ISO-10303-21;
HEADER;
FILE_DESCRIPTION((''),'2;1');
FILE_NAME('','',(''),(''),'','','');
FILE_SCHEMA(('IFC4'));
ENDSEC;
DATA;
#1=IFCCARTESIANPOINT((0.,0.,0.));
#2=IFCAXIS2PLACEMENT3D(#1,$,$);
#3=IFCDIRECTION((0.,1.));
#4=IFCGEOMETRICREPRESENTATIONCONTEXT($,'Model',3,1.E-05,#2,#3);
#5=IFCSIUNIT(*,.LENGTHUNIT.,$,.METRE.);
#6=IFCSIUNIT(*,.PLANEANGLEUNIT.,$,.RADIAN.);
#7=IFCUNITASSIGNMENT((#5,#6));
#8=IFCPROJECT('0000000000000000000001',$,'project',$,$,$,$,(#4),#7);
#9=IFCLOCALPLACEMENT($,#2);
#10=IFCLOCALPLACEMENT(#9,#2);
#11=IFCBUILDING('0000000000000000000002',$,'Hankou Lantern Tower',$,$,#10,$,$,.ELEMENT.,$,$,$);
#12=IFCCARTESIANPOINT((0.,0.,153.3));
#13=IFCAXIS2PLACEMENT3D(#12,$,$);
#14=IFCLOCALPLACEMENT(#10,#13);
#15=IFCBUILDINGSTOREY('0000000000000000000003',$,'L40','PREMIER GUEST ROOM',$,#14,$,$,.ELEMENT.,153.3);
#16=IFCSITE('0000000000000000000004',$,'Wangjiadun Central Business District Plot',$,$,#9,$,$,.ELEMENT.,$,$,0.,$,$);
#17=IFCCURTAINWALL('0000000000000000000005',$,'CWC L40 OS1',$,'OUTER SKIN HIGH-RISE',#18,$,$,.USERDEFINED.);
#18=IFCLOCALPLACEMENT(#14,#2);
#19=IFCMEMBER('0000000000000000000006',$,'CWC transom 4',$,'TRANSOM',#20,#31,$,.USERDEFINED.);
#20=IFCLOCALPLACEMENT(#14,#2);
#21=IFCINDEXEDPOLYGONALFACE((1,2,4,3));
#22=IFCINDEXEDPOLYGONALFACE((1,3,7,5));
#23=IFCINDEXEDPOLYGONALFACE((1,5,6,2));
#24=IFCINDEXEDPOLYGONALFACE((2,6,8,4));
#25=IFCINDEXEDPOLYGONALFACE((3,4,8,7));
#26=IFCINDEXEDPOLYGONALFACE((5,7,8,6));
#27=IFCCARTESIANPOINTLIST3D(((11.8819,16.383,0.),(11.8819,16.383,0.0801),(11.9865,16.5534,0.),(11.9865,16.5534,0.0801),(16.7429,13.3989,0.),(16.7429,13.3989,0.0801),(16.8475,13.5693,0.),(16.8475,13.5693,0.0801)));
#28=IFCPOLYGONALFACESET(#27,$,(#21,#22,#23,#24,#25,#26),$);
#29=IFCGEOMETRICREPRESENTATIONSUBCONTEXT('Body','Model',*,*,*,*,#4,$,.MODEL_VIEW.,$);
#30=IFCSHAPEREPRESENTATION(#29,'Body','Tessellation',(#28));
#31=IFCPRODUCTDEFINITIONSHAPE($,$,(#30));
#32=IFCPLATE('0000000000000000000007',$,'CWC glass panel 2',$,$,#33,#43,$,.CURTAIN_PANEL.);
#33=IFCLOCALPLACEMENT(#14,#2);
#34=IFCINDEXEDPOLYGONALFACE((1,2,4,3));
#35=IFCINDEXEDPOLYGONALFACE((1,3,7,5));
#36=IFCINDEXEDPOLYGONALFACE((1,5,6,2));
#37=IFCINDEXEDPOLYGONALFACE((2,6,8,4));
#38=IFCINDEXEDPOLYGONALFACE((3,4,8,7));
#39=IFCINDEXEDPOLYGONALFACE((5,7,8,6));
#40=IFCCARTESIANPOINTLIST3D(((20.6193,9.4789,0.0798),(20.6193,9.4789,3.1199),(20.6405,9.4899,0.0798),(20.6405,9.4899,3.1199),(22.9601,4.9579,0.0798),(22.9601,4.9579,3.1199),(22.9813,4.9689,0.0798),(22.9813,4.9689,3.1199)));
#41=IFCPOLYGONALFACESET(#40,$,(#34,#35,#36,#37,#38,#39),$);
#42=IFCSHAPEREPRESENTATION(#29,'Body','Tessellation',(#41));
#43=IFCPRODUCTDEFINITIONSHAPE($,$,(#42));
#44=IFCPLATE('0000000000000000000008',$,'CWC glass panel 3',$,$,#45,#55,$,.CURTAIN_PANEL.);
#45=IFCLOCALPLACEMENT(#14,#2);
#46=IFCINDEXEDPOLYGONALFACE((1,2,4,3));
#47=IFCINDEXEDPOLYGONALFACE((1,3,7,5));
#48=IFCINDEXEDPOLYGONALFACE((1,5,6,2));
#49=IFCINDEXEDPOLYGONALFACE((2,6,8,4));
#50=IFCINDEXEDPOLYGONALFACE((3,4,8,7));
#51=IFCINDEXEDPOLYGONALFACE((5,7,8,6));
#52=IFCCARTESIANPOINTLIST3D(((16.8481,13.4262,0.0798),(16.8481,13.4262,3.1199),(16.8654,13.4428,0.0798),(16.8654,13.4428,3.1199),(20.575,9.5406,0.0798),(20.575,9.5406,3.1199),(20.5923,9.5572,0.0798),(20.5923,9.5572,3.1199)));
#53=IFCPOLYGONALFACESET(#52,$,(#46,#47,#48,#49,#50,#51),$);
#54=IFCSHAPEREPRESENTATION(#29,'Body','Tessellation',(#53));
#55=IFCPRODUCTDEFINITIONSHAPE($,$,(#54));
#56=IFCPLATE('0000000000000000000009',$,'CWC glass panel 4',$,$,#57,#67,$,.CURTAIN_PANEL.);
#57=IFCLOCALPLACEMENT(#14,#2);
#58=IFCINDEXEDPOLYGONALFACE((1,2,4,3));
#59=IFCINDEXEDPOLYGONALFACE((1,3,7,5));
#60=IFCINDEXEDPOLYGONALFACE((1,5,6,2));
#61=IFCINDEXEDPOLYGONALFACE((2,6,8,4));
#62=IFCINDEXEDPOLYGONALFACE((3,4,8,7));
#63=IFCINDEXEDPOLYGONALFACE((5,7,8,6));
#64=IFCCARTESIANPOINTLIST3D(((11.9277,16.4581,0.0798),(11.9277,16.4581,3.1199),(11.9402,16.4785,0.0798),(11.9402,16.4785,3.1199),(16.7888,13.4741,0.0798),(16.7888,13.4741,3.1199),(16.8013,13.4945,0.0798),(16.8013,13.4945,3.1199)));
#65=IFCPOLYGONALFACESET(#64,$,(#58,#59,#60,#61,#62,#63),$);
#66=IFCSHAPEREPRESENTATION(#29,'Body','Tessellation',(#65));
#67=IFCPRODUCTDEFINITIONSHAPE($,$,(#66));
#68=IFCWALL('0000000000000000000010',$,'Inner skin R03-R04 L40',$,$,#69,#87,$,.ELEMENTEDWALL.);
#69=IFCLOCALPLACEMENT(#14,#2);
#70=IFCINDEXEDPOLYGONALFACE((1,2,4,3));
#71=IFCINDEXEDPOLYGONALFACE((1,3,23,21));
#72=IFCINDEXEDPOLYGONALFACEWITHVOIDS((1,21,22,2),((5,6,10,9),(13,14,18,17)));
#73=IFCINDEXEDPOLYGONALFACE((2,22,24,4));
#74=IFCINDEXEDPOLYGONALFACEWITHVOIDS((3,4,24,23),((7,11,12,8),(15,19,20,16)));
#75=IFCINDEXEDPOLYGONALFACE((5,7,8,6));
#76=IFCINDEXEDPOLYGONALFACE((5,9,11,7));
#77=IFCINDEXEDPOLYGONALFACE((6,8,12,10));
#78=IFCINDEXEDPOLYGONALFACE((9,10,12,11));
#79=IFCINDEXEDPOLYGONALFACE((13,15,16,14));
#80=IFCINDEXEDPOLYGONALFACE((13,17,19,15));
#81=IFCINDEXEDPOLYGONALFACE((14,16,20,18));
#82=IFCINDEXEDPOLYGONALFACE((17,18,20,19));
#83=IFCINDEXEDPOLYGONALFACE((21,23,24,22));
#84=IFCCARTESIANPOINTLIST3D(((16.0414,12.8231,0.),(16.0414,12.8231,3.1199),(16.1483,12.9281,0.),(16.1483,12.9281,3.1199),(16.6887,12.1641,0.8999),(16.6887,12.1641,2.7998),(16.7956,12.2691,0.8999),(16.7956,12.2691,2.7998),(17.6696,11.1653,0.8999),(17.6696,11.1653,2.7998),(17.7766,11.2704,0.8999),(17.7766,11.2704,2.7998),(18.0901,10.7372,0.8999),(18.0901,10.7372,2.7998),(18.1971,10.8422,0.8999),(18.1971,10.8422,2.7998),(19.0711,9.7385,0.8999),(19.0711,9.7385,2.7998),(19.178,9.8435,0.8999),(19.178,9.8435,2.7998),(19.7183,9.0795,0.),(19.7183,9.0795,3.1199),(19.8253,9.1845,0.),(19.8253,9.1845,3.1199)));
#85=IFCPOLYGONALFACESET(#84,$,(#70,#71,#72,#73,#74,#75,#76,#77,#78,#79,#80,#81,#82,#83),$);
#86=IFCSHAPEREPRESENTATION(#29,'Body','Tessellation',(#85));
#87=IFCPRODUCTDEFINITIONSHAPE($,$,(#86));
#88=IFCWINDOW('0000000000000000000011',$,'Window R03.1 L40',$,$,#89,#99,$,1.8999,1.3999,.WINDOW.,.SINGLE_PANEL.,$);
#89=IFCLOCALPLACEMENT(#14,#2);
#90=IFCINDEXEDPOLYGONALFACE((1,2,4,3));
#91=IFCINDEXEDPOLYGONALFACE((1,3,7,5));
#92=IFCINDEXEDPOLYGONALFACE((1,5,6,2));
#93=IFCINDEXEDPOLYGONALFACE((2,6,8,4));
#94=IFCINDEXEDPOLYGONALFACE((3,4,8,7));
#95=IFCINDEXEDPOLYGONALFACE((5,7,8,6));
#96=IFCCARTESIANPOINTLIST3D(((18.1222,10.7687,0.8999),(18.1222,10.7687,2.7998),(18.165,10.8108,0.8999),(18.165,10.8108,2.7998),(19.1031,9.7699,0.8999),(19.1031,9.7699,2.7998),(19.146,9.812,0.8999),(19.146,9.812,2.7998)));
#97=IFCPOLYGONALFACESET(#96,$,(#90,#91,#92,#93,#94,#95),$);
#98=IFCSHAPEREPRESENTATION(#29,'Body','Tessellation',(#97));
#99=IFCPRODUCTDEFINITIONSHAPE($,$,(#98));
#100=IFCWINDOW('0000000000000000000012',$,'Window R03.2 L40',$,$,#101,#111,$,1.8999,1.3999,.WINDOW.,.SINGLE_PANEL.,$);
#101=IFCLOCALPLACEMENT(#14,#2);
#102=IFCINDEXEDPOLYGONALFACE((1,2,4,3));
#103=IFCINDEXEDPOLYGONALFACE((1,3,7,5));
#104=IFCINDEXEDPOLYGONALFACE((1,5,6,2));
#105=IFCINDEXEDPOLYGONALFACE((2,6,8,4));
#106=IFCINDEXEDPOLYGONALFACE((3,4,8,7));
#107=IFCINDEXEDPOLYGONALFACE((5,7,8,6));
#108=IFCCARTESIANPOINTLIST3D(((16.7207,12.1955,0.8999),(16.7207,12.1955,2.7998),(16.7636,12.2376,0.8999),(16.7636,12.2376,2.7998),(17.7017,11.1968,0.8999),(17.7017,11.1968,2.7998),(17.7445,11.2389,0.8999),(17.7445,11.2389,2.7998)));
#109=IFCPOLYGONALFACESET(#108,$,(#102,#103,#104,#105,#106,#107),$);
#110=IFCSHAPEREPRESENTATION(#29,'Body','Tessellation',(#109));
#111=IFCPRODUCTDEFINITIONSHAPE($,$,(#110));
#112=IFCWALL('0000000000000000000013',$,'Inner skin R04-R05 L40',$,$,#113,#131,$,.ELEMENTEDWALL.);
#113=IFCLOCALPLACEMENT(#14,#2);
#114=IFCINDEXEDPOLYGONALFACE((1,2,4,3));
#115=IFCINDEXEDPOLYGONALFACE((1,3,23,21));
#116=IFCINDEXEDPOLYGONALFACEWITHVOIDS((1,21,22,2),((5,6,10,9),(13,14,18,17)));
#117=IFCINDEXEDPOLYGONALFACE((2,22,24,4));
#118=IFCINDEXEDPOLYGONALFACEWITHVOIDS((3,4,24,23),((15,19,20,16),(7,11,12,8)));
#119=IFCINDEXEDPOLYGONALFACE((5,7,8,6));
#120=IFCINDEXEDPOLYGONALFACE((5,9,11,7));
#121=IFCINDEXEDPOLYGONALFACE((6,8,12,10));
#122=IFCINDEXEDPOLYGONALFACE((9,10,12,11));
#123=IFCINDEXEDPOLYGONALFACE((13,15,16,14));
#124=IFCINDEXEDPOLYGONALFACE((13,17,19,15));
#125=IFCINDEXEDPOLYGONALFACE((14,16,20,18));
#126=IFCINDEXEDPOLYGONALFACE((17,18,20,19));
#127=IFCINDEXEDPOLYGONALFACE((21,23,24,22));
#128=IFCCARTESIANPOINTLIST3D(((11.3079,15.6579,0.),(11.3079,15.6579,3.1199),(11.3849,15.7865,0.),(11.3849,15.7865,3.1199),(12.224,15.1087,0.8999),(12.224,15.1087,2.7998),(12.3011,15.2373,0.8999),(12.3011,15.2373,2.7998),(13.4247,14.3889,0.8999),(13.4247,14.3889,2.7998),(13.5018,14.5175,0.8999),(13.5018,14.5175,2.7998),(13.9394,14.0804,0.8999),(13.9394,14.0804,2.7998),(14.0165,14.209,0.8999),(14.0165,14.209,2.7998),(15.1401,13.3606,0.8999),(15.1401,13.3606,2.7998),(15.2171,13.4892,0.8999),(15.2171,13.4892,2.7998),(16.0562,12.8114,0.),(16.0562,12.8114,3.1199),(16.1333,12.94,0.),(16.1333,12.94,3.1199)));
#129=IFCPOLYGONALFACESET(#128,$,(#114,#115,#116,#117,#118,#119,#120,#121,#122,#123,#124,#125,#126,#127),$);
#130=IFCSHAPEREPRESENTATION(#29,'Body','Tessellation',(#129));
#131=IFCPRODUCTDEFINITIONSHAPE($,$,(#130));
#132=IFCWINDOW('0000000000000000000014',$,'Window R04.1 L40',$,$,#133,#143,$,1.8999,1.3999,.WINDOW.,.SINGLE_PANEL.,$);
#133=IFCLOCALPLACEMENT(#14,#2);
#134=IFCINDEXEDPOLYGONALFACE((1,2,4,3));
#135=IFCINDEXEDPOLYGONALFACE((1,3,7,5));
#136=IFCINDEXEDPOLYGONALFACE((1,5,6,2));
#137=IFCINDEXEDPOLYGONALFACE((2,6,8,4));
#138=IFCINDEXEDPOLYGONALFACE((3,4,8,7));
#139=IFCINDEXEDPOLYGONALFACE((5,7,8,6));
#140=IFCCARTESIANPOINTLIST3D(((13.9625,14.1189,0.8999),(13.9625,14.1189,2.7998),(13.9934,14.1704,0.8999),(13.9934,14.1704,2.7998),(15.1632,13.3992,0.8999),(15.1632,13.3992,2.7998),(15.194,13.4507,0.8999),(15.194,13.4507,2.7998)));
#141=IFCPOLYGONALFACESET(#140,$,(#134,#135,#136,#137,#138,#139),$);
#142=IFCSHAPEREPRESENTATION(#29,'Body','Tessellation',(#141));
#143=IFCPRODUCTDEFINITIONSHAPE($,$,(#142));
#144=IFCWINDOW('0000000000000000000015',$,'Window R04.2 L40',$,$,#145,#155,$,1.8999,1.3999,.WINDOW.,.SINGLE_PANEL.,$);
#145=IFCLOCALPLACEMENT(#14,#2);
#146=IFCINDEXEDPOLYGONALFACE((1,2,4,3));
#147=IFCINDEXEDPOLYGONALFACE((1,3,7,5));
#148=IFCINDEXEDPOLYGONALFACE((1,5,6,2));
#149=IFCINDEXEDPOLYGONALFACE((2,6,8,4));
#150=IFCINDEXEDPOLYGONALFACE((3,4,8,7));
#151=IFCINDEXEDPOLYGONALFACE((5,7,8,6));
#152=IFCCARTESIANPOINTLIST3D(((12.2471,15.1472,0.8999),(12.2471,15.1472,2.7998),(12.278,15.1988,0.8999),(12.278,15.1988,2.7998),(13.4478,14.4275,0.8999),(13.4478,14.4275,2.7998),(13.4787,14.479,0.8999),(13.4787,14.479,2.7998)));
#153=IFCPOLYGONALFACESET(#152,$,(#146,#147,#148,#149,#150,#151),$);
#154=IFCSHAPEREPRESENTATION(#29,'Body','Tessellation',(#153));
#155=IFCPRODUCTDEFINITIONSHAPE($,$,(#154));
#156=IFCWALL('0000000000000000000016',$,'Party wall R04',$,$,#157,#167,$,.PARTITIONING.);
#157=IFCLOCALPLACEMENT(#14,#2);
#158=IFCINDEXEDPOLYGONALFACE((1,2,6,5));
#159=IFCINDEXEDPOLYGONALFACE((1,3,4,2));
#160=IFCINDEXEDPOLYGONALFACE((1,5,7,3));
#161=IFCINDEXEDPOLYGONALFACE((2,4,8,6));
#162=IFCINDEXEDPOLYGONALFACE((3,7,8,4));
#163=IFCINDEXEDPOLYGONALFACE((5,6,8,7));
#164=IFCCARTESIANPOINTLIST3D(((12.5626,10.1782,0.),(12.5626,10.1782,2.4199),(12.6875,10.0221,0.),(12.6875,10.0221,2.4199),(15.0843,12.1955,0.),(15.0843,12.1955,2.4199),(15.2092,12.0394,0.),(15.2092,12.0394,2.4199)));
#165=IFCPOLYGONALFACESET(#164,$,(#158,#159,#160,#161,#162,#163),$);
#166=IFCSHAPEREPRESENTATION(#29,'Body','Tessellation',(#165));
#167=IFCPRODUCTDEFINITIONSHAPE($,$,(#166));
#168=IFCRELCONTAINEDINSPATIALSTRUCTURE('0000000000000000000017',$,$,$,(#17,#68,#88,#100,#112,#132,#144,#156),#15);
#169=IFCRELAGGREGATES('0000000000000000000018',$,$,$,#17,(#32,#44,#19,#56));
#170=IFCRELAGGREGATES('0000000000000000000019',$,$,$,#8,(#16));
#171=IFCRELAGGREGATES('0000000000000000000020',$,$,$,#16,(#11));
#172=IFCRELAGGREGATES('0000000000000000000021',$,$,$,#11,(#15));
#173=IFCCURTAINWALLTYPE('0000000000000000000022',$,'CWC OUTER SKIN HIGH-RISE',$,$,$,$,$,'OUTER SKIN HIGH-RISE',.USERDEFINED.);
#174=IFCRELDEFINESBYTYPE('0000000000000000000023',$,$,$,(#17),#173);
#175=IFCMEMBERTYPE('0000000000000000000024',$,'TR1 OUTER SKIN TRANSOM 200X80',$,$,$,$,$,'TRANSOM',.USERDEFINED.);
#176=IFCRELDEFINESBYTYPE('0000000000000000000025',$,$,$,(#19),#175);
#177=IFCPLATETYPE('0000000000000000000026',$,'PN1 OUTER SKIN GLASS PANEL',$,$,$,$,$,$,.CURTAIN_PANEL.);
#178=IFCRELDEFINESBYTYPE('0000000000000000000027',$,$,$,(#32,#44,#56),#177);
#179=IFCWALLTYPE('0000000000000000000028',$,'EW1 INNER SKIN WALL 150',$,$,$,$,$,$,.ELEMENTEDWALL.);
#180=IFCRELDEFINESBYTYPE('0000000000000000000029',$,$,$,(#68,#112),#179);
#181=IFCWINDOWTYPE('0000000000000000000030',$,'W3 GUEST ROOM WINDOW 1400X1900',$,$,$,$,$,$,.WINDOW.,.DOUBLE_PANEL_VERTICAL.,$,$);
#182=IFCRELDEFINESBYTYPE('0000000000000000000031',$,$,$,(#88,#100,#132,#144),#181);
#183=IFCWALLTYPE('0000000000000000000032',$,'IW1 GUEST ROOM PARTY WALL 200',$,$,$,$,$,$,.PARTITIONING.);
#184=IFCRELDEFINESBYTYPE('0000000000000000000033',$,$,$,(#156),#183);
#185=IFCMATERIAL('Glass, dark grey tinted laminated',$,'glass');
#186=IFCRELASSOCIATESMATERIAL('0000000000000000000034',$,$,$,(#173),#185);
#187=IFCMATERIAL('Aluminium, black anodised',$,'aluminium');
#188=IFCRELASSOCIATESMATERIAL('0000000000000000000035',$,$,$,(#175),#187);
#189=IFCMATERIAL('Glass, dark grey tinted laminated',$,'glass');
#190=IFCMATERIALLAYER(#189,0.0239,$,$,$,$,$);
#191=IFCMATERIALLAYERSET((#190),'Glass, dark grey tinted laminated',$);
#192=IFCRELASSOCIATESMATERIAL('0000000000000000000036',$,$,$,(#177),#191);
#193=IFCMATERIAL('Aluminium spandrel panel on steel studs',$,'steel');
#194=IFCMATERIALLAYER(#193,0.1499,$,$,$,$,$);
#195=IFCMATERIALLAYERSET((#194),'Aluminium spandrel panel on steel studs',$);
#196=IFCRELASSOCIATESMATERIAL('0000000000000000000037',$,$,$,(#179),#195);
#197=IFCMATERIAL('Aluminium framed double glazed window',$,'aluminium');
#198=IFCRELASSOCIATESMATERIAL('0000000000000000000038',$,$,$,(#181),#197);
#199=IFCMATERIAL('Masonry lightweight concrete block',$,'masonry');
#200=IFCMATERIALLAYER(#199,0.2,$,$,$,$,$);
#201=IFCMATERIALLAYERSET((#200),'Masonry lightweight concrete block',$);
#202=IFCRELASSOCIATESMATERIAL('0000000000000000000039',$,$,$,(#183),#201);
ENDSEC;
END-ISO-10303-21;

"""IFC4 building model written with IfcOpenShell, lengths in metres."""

from ifc_helpers import new_model, si_unit, direction, frame, frame_2d, origin, origin_2d, place, context, subcontext, project, spatial, rectangle, extrude, material, layer, layer_set, material_profile, profile_set, type_object, element, fill, aggregate, save


model = new_model("IFC4")

# Units and contexts
model_context = context("Model", 3, precision=1e-05, world=origin(), true_north=direction((0.0, 1.0)))
body_context = subcontext(model_context, "Body", "Model", "MODEL_VIEW")
ifc_project = project(units=[si_unit("LENGTHUNIT", "METRE"), si_unit("PLANEANGLEUNIT", "RADIAN")], contexts=[model_context])

# Site, building, storey
site_placement = place(None, origin())
site = spatial("IfcSite", under=ifc_project, at=site_placement, Name="Wangjiadun Central Business District Plot", CompositionType="ELEMENT", RefElevation=0.0)
building_placement = place(site_placement, origin())
building = spatial("IfcBuilding", under=site, at=building_placement, Name="Hankou Lantern Tower", CompositionType="ELEMENT")
storey_placement = place(building_placement, frame((0.0, 0.0, 153.3)))
storey = spatial("IfcBuildingStorey", under=building, at=storey_placement, Name="L40", Description="PREMIER GUEST ROOM", CompositionType="ELEMENT", Elevation=153.3)

# Curtain wall
ifc_material_1 = material(Name="Glass, dark grey tinted laminated", Category="glass")
curtain_wall_type = type_object("IfcCurtainWallType", Name="CWC OUTER SKIN HIGH-RISE", ElementType="OUTER SKIN HIGH-RISE", PredefinedType="USERDEFINED", material=ifc_material_1)
curtain_wall_placement = place(storey_placement, origin())
curtain_wall = element("IfcCurtainWall", 1, at=curtain_wall_placement, inside=storey, type_object=curtain_wall_type, Name="CWC L40 OS1", ObjectType="OUTER SKIN HIGH-RISE", PredefinedType="USERDEFINED")

# Member
ifc_material_2 = material(Name="Aluminium, black anodised", Category="aluminium")
ifc_material_profile_1 = material_profile(ifc_material_2, rectangle(XDim=0.2, YDim=0.0801, at=origin_2d()), Name="TR1 200X80")
ifc_profile_set_1 = profile_set([ifc_material_profile_1], Name="Aluminium, black anodised")
member_type_1 = type_object("IfcMemberType", Name="TR1 OUTER SKIN TRANSOM 200X80", ElementType="TRANSOM", PredefinedType="USERDEFINED", material=ifc_profile_set_1)
member_1_placement = place(storey_placement, frame((16.7952, 13.4841, 0.04), z_axis=(-0.852229, 0.523168, 0.0), x_axis=(-0.523168, -0.852229, 0.0)))
member_1 = element("IfcMember", 2, at=member_1_placement, type_object=member_type_1, Name="CWC transom 4", ObjectType="TRANSOM", PredefinedType="USERDEFINED", context=body_context, shape_type="SweptSolid", body=[
    extrude(rectangle(XDim=0.2, YDim=0.0801, at=origin_2d()), origin(), (0.0, 0.0, 1.0), 5.7039),
])

# Plates
ifc_material_3 = material(Name="Glass, dark grey tinted laminated", Category="glass")
ifc_layer_1 = layer(ifc_material_3, 0.0239)
ifc_layer_set_1 = layer_set([ifc_layer_1], Name="Glass, dark grey tinted laminated")
plate_type = type_object("IfcPlateType", Name="PN1 OUTER SKIN GLASS PANEL", PredefinedType="CURTAIN_PANEL", material=ifc_layer_set_1)
plate_1_placement = place(storey_placement, frame((21.8003, 7.2239, 0.0798), z_axis=(0.0, 0.0, 1.0), x_axis=(-0.459791, 0.888027, 0.0)))
plate_1 = element("IfcPlate", 3, at=plate_1_placement, type_object=plate_type, Name="CWC glass panel 2", PredefinedType="CURTAIN_PANEL", context=body_context, shape_type="SweptSolid", body=[
    extrude(rectangle(XDim=5.0911, YDim=0.0239, at=origin_2d()), origin(), (0.0, 0.0, 1.0), 3.04),
])
plate_2_placement = place(storey_placement, frame((18.7202, 11.4917, 0.0798), z_axis=(0.0, 0.0, 1.0), x_axis=(-0.692216, 0.721691, 0.0)))
plate_2 = element("IfcPlate", 4, at=plate_2_placement, type_object=plate_type, Name="CWC glass panel 3", PredefinedType="CURTAIN_PANEL", context=body_context, shape_type="SweptSolid", body=[
    extrude(rectangle(XDim=5.384, YDim=0.0239, at=origin_2d()), origin(), (0.0, 0.0, 1.0), 3.04),
])
plate_3_placement = place(storey_placement, frame((14.3645, 14.9763, 0.0798), z_axis=(0.0, 0.0, 1.0), x_axis=(-0.852237, 0.523156, 0.0)))
plate_3 = element("IfcPlate", 5, at=plate_3_placement, type_object=plate_type, Name="CWC glass panel 4", PredefinedType="CURTAIN_PANEL", context=body_context, shape_type="SweptSolid", body=[
    extrude(rectangle(XDim=5.7039, YDim=0.0239, at=origin_2d()), origin(), (0.0, 0.0, 1.0), 3.04),
])
aggregate(curtain_wall, [plate_1, plate_2, member_1, plate_3])

# Walls, openings, windows
ifc_material_4 = material(Name="Aluminium spandrel panel on steel studs", Category="steel")
ifc_layer_2 = layer(ifc_material_4, 0.1499)
ifc_layer_set_2 = layer_set([ifc_layer_2], Name="Aluminium spandrel panel on steel studs")
wall_type_1 = type_object("IfcWallType", Name="EW1 INNER SKIN WALL 150", PredefinedType="ELEMENTEDWALL", material=ifc_layer_set_2)
wall_1_placement = place(storey_placement, frame((19.7717, 9.1321, 0.0), z_axis=(0.0, 0.0, 1.0), x_axis=(-0.700727, 0.713429, 0.0)))
wall_1 = element("IfcWall", 6, at=wall_1_placement, inside=storey, type_object=wall_type_1, Name="Inner skin R03-R04 L40", PredefinedType="ELEMENTEDWALL", context=body_context, shape_type="SweptSolid", body=[
    extrude(rectangle(XDim=5.2473, YDim=0.1499, at=frame_2d((2.6235, 0.0))), origin(), (0.0, 0.0, 1.0), 3.1199),
])
opening_1_placement = place(wall_1_placement, frame((0.9236, 0.0, 0.8999)))
opening_1 = element("IfcOpeningElement", 7, at=opening_1_placement, cuts=wall_1, PredefinedType="OPENING", context=body_context, shape_type="SweptSolid", body=[
    extrude(rectangle(XDim=1.3999, YDim=1.8999, at=frame_2d((0.7, 0.95))), frame((0.0, 0.085, 0.0), z_axis=(0.0, -1.0, 0.0), x_axis=(1.0, 0.0, 0.0)), (0.0, 0.0, 1.0), 0.1699),
])
opening_2_placement = place(wall_1_placement, frame((2.9236, 0.0, 0.8999)))
opening_2 = element("IfcOpeningElement", 8, at=opening_2_placement, cuts=wall_1, PredefinedType="OPENING", context=body_context, shape_type="SweptSolid", body=[
    extrude(rectangle(XDim=1.3999, YDim=1.8999, at=frame_2d((0.7, 0.95))), frame((0.0, 0.085, 0.0), z_axis=(0.0, -1.0, 0.0), x_axis=(1.0, 0.0, 0.0)), (0.0, 0.0, 1.0), 0.1699),
])
ifc_material_5 = material(Name="Aluminium framed double glazed window", Category="aluminium")
window_type = type_object("IfcWindowType", Name="W3 GUEST ROOM WINDOW 1400X1900", PartitioningType="DOUBLE_PANEL_VERTICAL", PredefinedType="WINDOW", material=ifc_material_5)
window_1_placement = place(opening_1_placement, origin())
window_1 = element("IfcWindow", 9, at=window_1_placement, inside=storey, type_object=window_type, Name="Window R03.1 L40", OverallHeight=1.8999, OverallWidth=1.3999, PartitioningType="SINGLE_PANEL", PredefinedType="WINDOW", context=body_context, shape_type="SweptSolid", body=[
    extrude(rectangle(XDim=1.3999, YDim=1.8999, at=frame_2d((0.7, 0.95))), frame((0.0, 0.03, 0.0), z_axis=(0.0, -1.0, 0.0), x_axis=(1.0, 0.0, 0.0)), (0.0, 0.0, 1.0), 0.0601),
])
fill(opening_1, window_1)
window_2_placement = place(opening_2_placement, origin())
window_2 = element("IfcWindow", 10, at=window_2_placement, inside=storey, type_object=window_type, Name="Window R03.2 L40", OverallHeight=1.8999, OverallWidth=1.3999, PartitioningType="SINGLE_PANEL", PredefinedType="WINDOW", context=body_context, shape_type="SweptSolid", body=[
    extrude(rectangle(XDim=1.3999, YDim=1.8999, at=frame_2d((0.7, 0.95))), frame((0.0, 0.03, 0.0), z_axis=(0.0, -1.0, 0.0), x_axis=(1.0, 0.0, 0.0)), (0.0, 0.0, 1.0), 0.0601),
])
fill(opening_2, window_2)
wall_2_placement = place(storey_placement, frame((16.0947, 12.8757, 0.0), z_axis=(0.0, 0.0, 1.0), x_axis=(-0.857695, 0.514158, 0.0)))
wall_2 = element("IfcWall", 11, at=wall_2_placement, inside=storey, type_object=wall_type_1, Name="Inner skin R04-R05 L40", PredefinedType="ELEMENTEDWALL", context=body_context, shape_type="SweptSolid", body=[
    extrude(rectangle(XDim=5.5361, YDim=0.1499, at=frame_2d((2.7681, 0.0))), origin(), (0.0, 0.0, 1.0), 3.1199),
])
opening_3_placement = place(wall_2_placement, frame((1.0681, 0.0, 0.8999)))
opening_3 = element("IfcOpeningElement", 12, at=opening_3_placement, cuts=wall_2, PredefinedType="OPENING", context=body_context, shape_type="SweptSolid", body=[
    extrude(rectangle(XDim=1.3999, YDim=1.8999, at=frame_2d((0.7, 0.95))), frame((0.0, 0.085, 0.0), z_axis=(0.0, -1.0, 0.0), x_axis=(1.0, 0.0, 0.0)), (0.0, 0.0, 1.0), 0.1699),
])
opening_4_placement = place(wall_2_placement, frame((3.0681, 0.0, 0.8999)))
opening_4 = element("IfcOpeningElement", 13, at=opening_4_placement, cuts=wall_2, PredefinedType="OPENING", context=body_context, shape_type="SweptSolid", body=[
    extrude(rectangle(XDim=1.3999, YDim=1.8999, at=frame_2d((0.7, 0.95))), frame((0.0, 0.085, 0.0), z_axis=(0.0, -1.0, 0.0), x_axis=(1.0, 0.0, 0.0)), (0.0, 0.0, 1.0), 0.1699),
])
window_3_placement = place(opening_3_placement, origin())
window_3 = element("IfcWindow", 14, at=window_3_placement, inside=storey, type_object=window_type, Name="Window R04.1 L40", OverallHeight=1.8999, OverallWidth=1.3999, PartitioningType="SINGLE_PANEL", PredefinedType="WINDOW", context=body_context, shape_type="SweptSolid", body=[
    extrude(rectangle(XDim=1.3999, YDim=1.8999, at=frame_2d((0.7, 0.95))), frame((0.0, 0.03, 0.0), z_axis=(0.0, -1.0, 0.0), x_axis=(1.0, 0.0, 0.0)), (0.0, 0.0, 1.0), 0.0601),
])
fill(opening_3, window_3)
window_4_placement = place(opening_4_placement, origin())
window_4 = element("IfcWindow", 15, at=window_4_placement, inside=storey, type_object=window_type, Name="Window R04.2 L40", OverallHeight=1.8999, OverallWidth=1.3999, PartitioningType="SINGLE_PANEL", PredefinedType="WINDOW", context=body_context, shape_type="SweptSolid", body=[
    extrude(rectangle(XDim=1.3999, YDim=1.8999, at=frame_2d((0.7, 0.95))), frame((0.0, 0.03, 0.0), z_axis=(0.0, -1.0, 0.0), x_axis=(1.0, 0.0, 0.0)), (0.0, 0.0, 1.0), 0.0601),
])
fill(opening_4, window_4)

# Wall
ifc_material_6 = material(Name="Masonry lightweight concrete block", Category="masonry")
ifc_layer_3 = layer(ifc_material_6, 0.2)
ifc_layer_set_3 = layer_set([ifc_layer_3], Name="Masonry lightweight concrete block")
wall_type_2 = type_object("IfcWallType", Name="IW1 GUEST ROOM PARTY WALL 200", PredefinedType="PARTITIONING", material=ifc_layer_set_3)
wall_3_placement = place(storey_placement, frame((12.625, 10.1001, 0.0), z_axis=(0.0, 0.0, 1.0), x_axis=(0.780876, 0.624686, 0.0)))
element("IfcWall", 16, at=wall_3_placement, inside=storey, type_object=wall_type_2, Name="Party wall R04", PredefinedType="PARTITIONING", context=body_context, shape_type="SweptSolid", body=[
    extrude(rectangle(XDim=3.2292, YDim=0.2, at=frame_2d((1.6147, 0.0))), origin(), (0.0, 0.0, 1.0), 2.4199),
])

save(model, "model.ifc")
